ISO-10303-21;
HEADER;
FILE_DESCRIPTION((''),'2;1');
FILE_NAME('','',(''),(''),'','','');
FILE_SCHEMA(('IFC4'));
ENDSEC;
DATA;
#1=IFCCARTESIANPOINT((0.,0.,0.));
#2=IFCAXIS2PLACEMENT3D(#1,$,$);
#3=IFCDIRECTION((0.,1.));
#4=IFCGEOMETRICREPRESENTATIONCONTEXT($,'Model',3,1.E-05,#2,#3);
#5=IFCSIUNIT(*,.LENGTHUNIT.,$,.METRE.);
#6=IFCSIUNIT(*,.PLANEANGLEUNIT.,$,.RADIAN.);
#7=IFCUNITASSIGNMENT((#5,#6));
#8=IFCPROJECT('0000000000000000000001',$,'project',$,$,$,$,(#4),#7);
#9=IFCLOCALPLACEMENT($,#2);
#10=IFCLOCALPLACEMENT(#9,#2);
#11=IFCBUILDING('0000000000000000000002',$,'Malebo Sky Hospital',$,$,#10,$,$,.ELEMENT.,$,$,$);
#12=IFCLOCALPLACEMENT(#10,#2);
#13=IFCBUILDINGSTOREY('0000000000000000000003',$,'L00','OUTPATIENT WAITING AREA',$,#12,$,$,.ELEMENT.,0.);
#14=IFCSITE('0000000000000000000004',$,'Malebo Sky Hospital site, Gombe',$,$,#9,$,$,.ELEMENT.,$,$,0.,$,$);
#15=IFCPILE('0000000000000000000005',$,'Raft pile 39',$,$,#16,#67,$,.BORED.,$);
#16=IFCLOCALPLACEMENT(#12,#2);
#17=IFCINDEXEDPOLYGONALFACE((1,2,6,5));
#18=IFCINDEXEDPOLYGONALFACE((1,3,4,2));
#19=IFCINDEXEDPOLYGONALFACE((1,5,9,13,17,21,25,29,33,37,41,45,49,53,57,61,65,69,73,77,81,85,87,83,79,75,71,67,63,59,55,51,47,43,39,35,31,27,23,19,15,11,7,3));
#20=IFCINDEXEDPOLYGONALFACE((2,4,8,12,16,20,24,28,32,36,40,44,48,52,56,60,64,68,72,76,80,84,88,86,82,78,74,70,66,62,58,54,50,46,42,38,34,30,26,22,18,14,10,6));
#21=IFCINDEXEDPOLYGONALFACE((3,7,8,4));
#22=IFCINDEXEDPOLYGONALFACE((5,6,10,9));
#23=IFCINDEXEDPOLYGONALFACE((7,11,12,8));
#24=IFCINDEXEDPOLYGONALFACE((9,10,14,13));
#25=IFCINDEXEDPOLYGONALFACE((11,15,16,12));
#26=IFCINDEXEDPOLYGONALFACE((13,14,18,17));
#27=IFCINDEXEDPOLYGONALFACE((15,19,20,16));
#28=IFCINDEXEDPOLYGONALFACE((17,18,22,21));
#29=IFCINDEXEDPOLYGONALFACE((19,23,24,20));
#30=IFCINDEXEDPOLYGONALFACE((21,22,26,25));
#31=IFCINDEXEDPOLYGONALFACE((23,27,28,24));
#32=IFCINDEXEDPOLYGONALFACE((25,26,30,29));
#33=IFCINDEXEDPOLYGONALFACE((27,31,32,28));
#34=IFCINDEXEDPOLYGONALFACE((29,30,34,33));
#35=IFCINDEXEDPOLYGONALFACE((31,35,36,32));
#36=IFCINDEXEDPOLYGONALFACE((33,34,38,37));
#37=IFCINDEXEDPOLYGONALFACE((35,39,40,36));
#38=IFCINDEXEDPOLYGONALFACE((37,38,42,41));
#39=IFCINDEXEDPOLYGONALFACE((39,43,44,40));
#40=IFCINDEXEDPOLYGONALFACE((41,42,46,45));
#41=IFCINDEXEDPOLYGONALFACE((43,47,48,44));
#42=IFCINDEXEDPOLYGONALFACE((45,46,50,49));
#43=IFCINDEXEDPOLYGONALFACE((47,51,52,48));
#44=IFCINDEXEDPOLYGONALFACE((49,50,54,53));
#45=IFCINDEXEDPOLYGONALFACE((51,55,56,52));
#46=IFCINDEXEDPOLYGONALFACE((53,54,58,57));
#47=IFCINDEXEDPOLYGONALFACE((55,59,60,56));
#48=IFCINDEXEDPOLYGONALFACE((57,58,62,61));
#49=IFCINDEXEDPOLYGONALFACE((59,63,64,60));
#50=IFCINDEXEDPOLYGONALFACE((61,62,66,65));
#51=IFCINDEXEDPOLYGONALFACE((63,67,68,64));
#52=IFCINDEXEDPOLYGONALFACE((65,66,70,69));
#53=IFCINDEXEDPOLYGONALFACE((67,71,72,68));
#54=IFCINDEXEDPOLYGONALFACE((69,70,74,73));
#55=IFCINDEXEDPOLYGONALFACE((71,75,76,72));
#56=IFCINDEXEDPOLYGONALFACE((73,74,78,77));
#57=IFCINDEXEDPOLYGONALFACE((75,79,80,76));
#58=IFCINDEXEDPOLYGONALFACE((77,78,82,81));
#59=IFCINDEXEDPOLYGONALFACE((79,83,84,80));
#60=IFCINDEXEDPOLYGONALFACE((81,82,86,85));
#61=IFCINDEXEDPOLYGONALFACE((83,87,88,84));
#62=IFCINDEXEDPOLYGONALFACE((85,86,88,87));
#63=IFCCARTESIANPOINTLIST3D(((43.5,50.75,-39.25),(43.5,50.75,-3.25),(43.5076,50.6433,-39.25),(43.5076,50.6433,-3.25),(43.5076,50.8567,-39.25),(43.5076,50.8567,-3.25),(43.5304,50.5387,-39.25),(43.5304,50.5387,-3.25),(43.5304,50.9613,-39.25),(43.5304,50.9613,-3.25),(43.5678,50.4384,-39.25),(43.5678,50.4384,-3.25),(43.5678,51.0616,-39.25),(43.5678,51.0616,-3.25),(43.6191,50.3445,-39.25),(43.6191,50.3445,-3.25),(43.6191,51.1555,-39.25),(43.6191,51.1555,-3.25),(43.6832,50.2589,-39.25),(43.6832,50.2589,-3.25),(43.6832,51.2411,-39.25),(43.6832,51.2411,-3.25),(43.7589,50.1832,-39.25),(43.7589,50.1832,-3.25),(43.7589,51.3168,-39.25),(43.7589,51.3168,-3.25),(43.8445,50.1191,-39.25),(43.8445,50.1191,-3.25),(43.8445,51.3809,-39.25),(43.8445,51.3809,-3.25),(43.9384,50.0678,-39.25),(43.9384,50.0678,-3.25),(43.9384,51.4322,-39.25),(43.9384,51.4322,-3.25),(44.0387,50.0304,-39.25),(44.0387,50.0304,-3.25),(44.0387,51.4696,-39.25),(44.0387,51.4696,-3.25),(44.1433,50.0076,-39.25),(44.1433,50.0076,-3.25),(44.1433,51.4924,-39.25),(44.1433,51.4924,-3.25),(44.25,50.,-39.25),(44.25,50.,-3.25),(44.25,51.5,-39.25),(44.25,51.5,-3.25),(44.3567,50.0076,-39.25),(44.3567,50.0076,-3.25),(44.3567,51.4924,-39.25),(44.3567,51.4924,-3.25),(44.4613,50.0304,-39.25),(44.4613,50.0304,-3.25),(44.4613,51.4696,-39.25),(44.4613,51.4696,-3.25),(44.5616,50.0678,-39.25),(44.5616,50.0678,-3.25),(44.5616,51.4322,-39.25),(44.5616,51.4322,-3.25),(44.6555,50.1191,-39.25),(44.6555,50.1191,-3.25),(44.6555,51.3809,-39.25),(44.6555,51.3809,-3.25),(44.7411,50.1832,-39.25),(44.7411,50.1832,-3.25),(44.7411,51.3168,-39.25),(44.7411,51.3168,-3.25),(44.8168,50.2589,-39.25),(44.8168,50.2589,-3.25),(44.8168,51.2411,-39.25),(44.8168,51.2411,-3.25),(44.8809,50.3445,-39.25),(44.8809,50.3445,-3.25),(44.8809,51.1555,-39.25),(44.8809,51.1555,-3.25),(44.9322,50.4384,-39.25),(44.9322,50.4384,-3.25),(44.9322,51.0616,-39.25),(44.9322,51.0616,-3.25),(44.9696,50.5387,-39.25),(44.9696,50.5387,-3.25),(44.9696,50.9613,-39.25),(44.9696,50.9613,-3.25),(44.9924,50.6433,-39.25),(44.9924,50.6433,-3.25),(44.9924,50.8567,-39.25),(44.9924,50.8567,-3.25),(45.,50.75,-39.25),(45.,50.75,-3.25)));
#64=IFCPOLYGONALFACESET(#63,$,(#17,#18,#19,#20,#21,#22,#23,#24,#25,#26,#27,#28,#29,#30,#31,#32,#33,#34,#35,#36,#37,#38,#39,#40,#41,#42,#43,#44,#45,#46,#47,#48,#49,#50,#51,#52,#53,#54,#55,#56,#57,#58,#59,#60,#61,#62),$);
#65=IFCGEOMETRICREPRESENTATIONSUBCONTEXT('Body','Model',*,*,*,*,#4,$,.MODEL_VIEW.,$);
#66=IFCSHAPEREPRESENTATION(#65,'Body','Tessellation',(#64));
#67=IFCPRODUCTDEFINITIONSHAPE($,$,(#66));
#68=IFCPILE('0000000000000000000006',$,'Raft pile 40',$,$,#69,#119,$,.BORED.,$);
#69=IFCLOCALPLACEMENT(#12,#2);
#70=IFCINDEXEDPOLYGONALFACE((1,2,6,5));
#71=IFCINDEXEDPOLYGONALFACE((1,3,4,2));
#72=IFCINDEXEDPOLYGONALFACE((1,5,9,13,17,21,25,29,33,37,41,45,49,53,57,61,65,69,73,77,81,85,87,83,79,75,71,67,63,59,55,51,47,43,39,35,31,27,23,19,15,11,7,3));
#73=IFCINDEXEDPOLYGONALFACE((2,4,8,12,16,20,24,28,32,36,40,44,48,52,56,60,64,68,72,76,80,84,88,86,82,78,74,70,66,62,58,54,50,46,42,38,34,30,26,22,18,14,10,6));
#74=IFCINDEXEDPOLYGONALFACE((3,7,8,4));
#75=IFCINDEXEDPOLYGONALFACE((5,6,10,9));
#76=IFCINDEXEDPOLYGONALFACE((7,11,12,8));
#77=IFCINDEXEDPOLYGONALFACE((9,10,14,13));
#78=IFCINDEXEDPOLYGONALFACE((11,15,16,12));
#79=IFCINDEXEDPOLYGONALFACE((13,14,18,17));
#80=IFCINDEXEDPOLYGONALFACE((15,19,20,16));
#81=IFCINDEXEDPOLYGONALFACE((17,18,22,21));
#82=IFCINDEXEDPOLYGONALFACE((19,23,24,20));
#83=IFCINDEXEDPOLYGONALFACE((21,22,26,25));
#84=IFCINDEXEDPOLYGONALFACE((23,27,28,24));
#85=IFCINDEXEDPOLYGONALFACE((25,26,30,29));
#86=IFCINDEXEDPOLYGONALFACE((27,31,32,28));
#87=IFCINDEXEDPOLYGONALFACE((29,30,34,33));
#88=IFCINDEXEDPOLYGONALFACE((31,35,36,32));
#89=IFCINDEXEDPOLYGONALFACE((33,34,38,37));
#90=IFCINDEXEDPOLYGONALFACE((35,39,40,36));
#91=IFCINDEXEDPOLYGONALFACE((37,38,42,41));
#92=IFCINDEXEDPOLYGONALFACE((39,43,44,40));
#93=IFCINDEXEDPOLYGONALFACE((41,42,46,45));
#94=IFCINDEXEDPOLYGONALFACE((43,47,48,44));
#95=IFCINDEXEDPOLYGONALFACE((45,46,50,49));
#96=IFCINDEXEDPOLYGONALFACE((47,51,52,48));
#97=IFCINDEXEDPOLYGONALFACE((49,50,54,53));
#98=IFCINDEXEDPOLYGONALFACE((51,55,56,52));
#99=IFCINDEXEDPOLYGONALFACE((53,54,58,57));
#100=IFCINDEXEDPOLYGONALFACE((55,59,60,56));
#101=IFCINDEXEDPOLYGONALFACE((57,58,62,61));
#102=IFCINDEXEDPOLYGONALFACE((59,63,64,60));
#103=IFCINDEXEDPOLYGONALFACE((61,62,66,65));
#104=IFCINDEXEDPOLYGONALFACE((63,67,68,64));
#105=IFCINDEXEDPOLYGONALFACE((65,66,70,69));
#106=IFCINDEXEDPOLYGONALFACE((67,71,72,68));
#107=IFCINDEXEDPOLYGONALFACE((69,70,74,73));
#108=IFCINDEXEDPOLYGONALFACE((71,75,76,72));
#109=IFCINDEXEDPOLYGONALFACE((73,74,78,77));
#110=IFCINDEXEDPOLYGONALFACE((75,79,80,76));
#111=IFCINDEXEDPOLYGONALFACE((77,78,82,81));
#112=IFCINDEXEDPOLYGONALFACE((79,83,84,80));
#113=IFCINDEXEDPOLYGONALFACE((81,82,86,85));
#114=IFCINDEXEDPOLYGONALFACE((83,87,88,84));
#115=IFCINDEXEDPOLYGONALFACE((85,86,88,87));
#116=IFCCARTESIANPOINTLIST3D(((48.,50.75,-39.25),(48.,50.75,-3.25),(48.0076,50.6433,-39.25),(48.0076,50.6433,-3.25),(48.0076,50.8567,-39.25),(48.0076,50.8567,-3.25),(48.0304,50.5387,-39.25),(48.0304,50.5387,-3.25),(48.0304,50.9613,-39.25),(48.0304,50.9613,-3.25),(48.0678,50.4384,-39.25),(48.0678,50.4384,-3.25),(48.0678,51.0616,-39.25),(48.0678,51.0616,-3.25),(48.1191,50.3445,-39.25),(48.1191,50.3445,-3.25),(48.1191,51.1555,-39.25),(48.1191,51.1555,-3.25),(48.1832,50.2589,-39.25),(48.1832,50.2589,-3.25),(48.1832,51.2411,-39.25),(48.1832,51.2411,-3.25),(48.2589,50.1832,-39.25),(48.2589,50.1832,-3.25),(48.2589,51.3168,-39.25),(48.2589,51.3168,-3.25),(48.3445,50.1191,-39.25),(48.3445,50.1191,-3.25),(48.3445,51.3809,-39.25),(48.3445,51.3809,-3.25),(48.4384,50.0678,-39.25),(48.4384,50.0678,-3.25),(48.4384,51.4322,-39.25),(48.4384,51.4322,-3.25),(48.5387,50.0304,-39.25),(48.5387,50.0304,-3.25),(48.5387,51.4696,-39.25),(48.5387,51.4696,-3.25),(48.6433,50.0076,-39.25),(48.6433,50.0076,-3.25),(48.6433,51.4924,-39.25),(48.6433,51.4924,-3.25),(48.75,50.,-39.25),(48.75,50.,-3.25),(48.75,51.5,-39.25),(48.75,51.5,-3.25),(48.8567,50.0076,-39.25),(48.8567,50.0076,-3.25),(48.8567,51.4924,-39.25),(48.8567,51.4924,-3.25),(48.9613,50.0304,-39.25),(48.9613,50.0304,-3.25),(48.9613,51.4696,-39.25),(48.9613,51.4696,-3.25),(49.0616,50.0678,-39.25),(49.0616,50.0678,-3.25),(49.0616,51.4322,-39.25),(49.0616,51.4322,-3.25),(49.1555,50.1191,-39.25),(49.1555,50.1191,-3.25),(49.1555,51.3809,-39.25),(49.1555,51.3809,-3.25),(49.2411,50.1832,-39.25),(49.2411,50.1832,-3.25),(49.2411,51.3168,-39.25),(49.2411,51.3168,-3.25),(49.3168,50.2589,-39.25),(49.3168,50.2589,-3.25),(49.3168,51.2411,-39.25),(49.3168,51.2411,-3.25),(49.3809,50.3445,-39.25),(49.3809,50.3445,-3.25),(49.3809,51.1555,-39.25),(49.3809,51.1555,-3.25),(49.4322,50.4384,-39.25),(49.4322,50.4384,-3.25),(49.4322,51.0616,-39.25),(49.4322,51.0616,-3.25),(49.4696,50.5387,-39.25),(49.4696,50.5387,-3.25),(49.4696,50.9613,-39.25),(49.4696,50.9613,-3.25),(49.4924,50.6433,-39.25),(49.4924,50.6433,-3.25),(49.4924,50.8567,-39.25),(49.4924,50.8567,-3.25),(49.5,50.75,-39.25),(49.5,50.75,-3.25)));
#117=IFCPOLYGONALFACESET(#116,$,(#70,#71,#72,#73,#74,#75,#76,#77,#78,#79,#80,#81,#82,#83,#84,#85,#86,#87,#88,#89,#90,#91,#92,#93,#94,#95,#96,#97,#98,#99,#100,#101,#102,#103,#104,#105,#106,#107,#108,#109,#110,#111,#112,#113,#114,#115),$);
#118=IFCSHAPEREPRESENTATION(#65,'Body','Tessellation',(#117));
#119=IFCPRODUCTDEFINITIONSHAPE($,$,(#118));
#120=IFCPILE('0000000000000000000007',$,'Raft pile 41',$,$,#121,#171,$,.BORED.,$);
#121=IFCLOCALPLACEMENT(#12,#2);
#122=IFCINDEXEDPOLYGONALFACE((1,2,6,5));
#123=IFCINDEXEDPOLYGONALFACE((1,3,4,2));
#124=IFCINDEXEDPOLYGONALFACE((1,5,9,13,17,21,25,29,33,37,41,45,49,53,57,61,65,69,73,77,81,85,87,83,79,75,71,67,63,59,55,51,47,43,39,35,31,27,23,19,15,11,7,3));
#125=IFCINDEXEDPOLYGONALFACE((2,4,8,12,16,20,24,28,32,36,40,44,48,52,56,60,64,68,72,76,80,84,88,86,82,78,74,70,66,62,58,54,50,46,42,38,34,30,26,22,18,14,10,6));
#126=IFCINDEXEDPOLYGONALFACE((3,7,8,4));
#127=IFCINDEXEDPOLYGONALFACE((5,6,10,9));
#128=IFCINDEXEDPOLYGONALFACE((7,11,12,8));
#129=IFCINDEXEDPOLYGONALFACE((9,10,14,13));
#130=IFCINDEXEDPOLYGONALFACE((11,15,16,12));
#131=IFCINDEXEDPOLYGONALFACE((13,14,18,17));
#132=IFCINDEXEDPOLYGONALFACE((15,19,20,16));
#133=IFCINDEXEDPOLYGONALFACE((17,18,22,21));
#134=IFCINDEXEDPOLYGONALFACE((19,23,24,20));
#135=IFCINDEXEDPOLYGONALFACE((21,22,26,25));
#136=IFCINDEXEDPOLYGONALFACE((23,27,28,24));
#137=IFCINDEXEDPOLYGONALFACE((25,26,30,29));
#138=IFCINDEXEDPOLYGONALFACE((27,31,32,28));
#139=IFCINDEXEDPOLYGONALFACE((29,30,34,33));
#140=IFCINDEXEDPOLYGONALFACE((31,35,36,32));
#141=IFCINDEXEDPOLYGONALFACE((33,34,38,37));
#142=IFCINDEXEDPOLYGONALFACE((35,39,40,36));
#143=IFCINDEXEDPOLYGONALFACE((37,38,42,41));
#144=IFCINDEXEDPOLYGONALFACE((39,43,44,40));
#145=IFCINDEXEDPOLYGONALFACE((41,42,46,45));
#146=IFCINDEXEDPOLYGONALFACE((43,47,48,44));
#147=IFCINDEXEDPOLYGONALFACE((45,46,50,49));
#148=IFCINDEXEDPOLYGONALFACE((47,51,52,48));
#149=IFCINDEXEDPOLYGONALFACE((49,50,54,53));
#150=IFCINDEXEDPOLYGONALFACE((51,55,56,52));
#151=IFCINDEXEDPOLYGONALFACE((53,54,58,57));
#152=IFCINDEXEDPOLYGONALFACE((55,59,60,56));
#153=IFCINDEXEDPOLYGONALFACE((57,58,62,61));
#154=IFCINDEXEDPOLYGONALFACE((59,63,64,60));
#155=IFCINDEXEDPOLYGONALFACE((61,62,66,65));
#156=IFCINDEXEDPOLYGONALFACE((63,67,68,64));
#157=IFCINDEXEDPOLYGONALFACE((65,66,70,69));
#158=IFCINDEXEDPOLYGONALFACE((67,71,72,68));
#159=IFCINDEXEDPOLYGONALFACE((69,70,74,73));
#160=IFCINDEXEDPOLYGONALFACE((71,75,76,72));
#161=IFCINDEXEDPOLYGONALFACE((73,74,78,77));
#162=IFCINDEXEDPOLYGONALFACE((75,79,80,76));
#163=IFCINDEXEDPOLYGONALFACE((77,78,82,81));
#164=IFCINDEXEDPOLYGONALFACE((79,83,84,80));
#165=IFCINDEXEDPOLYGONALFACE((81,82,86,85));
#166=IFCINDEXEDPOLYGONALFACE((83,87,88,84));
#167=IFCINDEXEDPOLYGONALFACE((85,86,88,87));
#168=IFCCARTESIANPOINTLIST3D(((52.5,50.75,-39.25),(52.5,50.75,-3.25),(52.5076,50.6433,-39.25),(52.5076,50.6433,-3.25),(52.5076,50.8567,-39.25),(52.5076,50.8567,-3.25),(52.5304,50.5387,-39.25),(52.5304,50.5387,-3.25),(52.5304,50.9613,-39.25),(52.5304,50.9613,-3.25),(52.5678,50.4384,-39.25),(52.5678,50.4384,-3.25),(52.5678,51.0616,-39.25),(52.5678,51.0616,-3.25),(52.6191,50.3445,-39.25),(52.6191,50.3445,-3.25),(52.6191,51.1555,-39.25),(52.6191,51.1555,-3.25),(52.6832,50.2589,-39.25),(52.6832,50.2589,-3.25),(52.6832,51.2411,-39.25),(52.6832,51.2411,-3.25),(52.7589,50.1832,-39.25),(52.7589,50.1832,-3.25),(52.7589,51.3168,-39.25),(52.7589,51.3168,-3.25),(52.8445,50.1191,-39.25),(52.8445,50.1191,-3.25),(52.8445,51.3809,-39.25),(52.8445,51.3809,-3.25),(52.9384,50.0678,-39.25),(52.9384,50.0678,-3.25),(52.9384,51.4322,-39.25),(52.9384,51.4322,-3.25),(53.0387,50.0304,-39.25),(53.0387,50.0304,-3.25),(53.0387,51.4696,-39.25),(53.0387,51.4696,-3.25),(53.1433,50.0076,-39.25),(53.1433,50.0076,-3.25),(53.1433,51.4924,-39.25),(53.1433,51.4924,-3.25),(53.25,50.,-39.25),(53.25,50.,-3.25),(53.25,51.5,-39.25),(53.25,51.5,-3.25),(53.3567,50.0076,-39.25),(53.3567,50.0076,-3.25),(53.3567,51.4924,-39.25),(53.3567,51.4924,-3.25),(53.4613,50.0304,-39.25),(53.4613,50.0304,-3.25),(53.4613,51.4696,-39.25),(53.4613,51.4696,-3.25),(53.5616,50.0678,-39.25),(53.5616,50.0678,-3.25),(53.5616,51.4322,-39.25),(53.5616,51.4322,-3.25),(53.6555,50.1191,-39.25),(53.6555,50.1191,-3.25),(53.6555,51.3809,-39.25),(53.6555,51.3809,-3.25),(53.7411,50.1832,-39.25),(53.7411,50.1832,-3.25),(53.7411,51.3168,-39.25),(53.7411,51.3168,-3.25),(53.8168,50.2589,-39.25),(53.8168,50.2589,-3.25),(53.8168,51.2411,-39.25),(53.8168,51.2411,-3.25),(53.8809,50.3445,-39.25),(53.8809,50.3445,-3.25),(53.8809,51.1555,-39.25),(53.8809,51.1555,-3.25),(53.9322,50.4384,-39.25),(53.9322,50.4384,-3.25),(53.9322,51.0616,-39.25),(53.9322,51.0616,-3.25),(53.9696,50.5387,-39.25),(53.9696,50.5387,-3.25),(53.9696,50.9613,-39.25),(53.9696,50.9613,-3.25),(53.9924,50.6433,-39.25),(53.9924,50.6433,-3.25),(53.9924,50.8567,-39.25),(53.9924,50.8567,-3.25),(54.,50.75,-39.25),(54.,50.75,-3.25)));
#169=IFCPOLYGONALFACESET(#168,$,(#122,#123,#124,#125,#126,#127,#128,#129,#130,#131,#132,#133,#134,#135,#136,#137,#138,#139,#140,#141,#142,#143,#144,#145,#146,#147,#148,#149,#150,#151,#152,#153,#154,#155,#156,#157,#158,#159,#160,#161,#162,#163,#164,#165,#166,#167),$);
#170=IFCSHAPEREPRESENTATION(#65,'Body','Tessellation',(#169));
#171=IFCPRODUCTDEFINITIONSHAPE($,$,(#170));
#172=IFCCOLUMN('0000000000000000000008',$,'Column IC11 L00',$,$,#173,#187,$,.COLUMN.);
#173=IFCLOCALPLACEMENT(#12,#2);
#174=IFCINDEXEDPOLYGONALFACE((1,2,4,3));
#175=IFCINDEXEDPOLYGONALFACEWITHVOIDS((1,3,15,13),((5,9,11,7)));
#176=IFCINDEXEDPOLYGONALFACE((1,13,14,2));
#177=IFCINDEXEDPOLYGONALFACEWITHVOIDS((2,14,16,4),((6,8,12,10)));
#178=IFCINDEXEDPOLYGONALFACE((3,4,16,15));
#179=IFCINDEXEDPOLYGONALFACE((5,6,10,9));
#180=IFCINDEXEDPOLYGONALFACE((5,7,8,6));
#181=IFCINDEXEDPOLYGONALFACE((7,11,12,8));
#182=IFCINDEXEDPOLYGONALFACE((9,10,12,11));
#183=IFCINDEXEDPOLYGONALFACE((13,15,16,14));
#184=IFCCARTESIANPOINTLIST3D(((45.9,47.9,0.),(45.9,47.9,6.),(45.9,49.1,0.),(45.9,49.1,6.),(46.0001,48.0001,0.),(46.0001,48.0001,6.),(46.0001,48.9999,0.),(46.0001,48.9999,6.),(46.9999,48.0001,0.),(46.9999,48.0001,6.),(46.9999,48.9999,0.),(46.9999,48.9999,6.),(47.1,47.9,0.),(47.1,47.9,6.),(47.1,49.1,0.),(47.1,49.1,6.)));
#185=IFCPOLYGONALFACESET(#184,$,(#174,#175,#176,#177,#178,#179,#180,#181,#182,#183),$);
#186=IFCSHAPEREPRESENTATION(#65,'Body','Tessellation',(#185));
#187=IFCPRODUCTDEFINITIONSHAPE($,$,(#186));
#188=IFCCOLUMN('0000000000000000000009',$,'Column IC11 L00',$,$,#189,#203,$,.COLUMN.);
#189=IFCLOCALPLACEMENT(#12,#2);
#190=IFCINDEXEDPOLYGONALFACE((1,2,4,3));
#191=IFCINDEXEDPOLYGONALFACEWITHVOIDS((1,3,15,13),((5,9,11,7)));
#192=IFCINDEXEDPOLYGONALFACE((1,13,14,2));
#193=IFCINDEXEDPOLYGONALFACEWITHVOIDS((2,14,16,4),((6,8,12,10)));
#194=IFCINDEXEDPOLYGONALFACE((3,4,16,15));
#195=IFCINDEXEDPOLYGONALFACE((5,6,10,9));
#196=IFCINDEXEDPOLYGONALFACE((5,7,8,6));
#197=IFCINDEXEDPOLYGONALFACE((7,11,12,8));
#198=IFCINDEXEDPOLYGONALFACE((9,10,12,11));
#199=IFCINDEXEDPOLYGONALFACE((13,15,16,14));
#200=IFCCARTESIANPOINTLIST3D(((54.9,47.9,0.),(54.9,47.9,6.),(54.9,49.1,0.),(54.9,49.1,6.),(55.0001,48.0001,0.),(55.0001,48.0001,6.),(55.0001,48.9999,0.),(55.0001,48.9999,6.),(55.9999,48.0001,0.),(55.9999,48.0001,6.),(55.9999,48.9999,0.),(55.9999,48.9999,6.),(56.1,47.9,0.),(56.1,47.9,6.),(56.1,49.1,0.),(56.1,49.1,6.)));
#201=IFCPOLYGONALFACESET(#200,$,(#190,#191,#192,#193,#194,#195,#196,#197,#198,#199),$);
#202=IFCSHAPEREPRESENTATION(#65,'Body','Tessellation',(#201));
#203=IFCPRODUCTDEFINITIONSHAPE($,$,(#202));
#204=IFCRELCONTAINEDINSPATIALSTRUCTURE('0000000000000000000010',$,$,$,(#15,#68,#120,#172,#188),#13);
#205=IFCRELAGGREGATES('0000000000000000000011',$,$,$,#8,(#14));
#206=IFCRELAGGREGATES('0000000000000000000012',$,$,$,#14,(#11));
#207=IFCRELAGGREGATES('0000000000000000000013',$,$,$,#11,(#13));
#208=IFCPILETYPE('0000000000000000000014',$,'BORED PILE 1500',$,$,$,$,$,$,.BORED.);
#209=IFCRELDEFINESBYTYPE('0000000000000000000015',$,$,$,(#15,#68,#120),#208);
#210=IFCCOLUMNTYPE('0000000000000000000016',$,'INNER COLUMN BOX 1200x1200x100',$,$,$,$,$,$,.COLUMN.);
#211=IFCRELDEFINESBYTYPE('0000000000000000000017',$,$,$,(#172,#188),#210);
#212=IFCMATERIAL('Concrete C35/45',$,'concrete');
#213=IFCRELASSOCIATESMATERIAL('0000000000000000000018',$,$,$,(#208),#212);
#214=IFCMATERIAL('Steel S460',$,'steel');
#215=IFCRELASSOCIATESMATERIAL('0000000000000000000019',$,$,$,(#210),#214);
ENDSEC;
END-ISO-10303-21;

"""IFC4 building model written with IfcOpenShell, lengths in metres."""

from ifc_helpers import new_model, si_unit, direction, frame, origin, origin_2d, place, context, subcontext, project, spatial, hollow_rectangle, circle, extrude, material, material_profile, profile_set, type_object, element, save


model = new_model("IFC4")

# Units and contexts
model_context = context("Model", 3, precision=1e-05, world=origin(), true_north=direction((0.0, 1.0)))
body_context = subcontext(model_context, "Body", "Model", "MODEL_VIEW")
ifc_project = project(units=[si_unit("LENGTHUNIT", "METRE"), si_unit("PLANEANGLEUNIT", "RADIAN")], contexts=[model_context])

# Site, building, storey
site_placement = place(None, origin())
site = spatial("IfcSite", under=ifc_project, at=site_placement, Name="Malebo Sky Hospital site, Gombe", CompositionType="ELEMENT", RefElevation=0.0)
building_placement = place(site_placement, origin())
building = spatial("IfcBuilding", under=site, at=building_placement, Name="Malebo Sky Hospital", CompositionType="ELEMENT")
storey_placement = place(building_placement, origin())
storey = spatial("IfcBuildingStorey", under=building, at=storey_placement, Name="L00", Description="OUTPATIENT WAITING AREA", CompositionType="ELEMENT", Elevation=0.0)

# Piles
ifc_material_1 = material(Name="Concrete C35/45", Category="concrete")
ifc_material_profile_1 = material_profile(ifc_material_1, circle(Radius=0.75, at=origin_2d()), Name="BP 1500")
ifc_profile_set_1 = profile_set([ifc_material_profile_1], Name="Concrete C35/45")
pile_type = type_object("IfcPileType", Name="BORED PILE 1500", PredefinedType="BORED", material=ifc_profile_set_1)
for number, where, z_axis, x_axis, name in (
    (1, (44.25, 50.75, -3.25), (0.0, 0.0, -1.0), (1.0, 0.0, 0.0), "Raft pile 39"),
    (2, (48.75, 50.75, -3.25), (0.0, 0.0, -1.0), (1.0, 0.0, 0.0), "Raft pile 40"),
    (3, (53.25, 50.75, -3.25), (0.0, 0.0, -1.0), (1.0, 0.0, 0.0), "Raft pile 41"),
):
    element("IfcPile", number, at=place(storey_placement, frame(where, z_axis=z_axis, x_axis=x_axis)), inside=storey, type_object=pile_type, Name=name, PredefinedType="BORED", context=body_context, shape_type="SweptSolid", body=[
        extrude(circle(Radius=0.75, at=origin_2d()), origin(), (0.0, 0.0, 1.0), 36.0),
    ])

# Columns
ifc_material_2 = material(Name="Steel S460", Category="steel")
ifc_material_profile_2 = material_profile(ifc_material_2, hollow_rectangle(XDim=1.2, YDim=1.2, WallThickness=0.1001, at=origin_2d()), Name="BOX 1200x1200x100")
ifc_profile_set_2 = profile_set([ifc_material_profile_2], Name="Steel S460")
column_type_1 = type_object("IfcColumnType", Name="INNER COLUMN BOX 1200x1200x100", PredefinedType="COLUMN", material=ifc_profile_set_2)
for number, where, z_axis, x_axis, name in (
    (4, (46.5, 48.5, 0.0), (0.0, 0.0, 1.0), (1.0, 0.0, 0.0), "Column IC11 L00"),
    (5, (55.5, 48.5, 0.0), (0.0, 0.0, 1.0), (1.0, 0.0, 0.0), "Column IC11 L00"),
):
    element("IfcColumn", number, at=place(storey_placement, frame(where, z_axis=z_axis, x_axis=x_axis)), inside=storey, type_object=column_type_1, Name=name, PredefinedType="COLUMN", context=body_context, shape_type="SweptSolid", body=[
        extrude(hollow_rectangle(XDim=1.2, YDim=1.2, WallThickness=0.1001, at=origin_2d()), origin(), (0.0, 0.0, 1.0), 6.0),
    ])

save(model, "model.ifc")
